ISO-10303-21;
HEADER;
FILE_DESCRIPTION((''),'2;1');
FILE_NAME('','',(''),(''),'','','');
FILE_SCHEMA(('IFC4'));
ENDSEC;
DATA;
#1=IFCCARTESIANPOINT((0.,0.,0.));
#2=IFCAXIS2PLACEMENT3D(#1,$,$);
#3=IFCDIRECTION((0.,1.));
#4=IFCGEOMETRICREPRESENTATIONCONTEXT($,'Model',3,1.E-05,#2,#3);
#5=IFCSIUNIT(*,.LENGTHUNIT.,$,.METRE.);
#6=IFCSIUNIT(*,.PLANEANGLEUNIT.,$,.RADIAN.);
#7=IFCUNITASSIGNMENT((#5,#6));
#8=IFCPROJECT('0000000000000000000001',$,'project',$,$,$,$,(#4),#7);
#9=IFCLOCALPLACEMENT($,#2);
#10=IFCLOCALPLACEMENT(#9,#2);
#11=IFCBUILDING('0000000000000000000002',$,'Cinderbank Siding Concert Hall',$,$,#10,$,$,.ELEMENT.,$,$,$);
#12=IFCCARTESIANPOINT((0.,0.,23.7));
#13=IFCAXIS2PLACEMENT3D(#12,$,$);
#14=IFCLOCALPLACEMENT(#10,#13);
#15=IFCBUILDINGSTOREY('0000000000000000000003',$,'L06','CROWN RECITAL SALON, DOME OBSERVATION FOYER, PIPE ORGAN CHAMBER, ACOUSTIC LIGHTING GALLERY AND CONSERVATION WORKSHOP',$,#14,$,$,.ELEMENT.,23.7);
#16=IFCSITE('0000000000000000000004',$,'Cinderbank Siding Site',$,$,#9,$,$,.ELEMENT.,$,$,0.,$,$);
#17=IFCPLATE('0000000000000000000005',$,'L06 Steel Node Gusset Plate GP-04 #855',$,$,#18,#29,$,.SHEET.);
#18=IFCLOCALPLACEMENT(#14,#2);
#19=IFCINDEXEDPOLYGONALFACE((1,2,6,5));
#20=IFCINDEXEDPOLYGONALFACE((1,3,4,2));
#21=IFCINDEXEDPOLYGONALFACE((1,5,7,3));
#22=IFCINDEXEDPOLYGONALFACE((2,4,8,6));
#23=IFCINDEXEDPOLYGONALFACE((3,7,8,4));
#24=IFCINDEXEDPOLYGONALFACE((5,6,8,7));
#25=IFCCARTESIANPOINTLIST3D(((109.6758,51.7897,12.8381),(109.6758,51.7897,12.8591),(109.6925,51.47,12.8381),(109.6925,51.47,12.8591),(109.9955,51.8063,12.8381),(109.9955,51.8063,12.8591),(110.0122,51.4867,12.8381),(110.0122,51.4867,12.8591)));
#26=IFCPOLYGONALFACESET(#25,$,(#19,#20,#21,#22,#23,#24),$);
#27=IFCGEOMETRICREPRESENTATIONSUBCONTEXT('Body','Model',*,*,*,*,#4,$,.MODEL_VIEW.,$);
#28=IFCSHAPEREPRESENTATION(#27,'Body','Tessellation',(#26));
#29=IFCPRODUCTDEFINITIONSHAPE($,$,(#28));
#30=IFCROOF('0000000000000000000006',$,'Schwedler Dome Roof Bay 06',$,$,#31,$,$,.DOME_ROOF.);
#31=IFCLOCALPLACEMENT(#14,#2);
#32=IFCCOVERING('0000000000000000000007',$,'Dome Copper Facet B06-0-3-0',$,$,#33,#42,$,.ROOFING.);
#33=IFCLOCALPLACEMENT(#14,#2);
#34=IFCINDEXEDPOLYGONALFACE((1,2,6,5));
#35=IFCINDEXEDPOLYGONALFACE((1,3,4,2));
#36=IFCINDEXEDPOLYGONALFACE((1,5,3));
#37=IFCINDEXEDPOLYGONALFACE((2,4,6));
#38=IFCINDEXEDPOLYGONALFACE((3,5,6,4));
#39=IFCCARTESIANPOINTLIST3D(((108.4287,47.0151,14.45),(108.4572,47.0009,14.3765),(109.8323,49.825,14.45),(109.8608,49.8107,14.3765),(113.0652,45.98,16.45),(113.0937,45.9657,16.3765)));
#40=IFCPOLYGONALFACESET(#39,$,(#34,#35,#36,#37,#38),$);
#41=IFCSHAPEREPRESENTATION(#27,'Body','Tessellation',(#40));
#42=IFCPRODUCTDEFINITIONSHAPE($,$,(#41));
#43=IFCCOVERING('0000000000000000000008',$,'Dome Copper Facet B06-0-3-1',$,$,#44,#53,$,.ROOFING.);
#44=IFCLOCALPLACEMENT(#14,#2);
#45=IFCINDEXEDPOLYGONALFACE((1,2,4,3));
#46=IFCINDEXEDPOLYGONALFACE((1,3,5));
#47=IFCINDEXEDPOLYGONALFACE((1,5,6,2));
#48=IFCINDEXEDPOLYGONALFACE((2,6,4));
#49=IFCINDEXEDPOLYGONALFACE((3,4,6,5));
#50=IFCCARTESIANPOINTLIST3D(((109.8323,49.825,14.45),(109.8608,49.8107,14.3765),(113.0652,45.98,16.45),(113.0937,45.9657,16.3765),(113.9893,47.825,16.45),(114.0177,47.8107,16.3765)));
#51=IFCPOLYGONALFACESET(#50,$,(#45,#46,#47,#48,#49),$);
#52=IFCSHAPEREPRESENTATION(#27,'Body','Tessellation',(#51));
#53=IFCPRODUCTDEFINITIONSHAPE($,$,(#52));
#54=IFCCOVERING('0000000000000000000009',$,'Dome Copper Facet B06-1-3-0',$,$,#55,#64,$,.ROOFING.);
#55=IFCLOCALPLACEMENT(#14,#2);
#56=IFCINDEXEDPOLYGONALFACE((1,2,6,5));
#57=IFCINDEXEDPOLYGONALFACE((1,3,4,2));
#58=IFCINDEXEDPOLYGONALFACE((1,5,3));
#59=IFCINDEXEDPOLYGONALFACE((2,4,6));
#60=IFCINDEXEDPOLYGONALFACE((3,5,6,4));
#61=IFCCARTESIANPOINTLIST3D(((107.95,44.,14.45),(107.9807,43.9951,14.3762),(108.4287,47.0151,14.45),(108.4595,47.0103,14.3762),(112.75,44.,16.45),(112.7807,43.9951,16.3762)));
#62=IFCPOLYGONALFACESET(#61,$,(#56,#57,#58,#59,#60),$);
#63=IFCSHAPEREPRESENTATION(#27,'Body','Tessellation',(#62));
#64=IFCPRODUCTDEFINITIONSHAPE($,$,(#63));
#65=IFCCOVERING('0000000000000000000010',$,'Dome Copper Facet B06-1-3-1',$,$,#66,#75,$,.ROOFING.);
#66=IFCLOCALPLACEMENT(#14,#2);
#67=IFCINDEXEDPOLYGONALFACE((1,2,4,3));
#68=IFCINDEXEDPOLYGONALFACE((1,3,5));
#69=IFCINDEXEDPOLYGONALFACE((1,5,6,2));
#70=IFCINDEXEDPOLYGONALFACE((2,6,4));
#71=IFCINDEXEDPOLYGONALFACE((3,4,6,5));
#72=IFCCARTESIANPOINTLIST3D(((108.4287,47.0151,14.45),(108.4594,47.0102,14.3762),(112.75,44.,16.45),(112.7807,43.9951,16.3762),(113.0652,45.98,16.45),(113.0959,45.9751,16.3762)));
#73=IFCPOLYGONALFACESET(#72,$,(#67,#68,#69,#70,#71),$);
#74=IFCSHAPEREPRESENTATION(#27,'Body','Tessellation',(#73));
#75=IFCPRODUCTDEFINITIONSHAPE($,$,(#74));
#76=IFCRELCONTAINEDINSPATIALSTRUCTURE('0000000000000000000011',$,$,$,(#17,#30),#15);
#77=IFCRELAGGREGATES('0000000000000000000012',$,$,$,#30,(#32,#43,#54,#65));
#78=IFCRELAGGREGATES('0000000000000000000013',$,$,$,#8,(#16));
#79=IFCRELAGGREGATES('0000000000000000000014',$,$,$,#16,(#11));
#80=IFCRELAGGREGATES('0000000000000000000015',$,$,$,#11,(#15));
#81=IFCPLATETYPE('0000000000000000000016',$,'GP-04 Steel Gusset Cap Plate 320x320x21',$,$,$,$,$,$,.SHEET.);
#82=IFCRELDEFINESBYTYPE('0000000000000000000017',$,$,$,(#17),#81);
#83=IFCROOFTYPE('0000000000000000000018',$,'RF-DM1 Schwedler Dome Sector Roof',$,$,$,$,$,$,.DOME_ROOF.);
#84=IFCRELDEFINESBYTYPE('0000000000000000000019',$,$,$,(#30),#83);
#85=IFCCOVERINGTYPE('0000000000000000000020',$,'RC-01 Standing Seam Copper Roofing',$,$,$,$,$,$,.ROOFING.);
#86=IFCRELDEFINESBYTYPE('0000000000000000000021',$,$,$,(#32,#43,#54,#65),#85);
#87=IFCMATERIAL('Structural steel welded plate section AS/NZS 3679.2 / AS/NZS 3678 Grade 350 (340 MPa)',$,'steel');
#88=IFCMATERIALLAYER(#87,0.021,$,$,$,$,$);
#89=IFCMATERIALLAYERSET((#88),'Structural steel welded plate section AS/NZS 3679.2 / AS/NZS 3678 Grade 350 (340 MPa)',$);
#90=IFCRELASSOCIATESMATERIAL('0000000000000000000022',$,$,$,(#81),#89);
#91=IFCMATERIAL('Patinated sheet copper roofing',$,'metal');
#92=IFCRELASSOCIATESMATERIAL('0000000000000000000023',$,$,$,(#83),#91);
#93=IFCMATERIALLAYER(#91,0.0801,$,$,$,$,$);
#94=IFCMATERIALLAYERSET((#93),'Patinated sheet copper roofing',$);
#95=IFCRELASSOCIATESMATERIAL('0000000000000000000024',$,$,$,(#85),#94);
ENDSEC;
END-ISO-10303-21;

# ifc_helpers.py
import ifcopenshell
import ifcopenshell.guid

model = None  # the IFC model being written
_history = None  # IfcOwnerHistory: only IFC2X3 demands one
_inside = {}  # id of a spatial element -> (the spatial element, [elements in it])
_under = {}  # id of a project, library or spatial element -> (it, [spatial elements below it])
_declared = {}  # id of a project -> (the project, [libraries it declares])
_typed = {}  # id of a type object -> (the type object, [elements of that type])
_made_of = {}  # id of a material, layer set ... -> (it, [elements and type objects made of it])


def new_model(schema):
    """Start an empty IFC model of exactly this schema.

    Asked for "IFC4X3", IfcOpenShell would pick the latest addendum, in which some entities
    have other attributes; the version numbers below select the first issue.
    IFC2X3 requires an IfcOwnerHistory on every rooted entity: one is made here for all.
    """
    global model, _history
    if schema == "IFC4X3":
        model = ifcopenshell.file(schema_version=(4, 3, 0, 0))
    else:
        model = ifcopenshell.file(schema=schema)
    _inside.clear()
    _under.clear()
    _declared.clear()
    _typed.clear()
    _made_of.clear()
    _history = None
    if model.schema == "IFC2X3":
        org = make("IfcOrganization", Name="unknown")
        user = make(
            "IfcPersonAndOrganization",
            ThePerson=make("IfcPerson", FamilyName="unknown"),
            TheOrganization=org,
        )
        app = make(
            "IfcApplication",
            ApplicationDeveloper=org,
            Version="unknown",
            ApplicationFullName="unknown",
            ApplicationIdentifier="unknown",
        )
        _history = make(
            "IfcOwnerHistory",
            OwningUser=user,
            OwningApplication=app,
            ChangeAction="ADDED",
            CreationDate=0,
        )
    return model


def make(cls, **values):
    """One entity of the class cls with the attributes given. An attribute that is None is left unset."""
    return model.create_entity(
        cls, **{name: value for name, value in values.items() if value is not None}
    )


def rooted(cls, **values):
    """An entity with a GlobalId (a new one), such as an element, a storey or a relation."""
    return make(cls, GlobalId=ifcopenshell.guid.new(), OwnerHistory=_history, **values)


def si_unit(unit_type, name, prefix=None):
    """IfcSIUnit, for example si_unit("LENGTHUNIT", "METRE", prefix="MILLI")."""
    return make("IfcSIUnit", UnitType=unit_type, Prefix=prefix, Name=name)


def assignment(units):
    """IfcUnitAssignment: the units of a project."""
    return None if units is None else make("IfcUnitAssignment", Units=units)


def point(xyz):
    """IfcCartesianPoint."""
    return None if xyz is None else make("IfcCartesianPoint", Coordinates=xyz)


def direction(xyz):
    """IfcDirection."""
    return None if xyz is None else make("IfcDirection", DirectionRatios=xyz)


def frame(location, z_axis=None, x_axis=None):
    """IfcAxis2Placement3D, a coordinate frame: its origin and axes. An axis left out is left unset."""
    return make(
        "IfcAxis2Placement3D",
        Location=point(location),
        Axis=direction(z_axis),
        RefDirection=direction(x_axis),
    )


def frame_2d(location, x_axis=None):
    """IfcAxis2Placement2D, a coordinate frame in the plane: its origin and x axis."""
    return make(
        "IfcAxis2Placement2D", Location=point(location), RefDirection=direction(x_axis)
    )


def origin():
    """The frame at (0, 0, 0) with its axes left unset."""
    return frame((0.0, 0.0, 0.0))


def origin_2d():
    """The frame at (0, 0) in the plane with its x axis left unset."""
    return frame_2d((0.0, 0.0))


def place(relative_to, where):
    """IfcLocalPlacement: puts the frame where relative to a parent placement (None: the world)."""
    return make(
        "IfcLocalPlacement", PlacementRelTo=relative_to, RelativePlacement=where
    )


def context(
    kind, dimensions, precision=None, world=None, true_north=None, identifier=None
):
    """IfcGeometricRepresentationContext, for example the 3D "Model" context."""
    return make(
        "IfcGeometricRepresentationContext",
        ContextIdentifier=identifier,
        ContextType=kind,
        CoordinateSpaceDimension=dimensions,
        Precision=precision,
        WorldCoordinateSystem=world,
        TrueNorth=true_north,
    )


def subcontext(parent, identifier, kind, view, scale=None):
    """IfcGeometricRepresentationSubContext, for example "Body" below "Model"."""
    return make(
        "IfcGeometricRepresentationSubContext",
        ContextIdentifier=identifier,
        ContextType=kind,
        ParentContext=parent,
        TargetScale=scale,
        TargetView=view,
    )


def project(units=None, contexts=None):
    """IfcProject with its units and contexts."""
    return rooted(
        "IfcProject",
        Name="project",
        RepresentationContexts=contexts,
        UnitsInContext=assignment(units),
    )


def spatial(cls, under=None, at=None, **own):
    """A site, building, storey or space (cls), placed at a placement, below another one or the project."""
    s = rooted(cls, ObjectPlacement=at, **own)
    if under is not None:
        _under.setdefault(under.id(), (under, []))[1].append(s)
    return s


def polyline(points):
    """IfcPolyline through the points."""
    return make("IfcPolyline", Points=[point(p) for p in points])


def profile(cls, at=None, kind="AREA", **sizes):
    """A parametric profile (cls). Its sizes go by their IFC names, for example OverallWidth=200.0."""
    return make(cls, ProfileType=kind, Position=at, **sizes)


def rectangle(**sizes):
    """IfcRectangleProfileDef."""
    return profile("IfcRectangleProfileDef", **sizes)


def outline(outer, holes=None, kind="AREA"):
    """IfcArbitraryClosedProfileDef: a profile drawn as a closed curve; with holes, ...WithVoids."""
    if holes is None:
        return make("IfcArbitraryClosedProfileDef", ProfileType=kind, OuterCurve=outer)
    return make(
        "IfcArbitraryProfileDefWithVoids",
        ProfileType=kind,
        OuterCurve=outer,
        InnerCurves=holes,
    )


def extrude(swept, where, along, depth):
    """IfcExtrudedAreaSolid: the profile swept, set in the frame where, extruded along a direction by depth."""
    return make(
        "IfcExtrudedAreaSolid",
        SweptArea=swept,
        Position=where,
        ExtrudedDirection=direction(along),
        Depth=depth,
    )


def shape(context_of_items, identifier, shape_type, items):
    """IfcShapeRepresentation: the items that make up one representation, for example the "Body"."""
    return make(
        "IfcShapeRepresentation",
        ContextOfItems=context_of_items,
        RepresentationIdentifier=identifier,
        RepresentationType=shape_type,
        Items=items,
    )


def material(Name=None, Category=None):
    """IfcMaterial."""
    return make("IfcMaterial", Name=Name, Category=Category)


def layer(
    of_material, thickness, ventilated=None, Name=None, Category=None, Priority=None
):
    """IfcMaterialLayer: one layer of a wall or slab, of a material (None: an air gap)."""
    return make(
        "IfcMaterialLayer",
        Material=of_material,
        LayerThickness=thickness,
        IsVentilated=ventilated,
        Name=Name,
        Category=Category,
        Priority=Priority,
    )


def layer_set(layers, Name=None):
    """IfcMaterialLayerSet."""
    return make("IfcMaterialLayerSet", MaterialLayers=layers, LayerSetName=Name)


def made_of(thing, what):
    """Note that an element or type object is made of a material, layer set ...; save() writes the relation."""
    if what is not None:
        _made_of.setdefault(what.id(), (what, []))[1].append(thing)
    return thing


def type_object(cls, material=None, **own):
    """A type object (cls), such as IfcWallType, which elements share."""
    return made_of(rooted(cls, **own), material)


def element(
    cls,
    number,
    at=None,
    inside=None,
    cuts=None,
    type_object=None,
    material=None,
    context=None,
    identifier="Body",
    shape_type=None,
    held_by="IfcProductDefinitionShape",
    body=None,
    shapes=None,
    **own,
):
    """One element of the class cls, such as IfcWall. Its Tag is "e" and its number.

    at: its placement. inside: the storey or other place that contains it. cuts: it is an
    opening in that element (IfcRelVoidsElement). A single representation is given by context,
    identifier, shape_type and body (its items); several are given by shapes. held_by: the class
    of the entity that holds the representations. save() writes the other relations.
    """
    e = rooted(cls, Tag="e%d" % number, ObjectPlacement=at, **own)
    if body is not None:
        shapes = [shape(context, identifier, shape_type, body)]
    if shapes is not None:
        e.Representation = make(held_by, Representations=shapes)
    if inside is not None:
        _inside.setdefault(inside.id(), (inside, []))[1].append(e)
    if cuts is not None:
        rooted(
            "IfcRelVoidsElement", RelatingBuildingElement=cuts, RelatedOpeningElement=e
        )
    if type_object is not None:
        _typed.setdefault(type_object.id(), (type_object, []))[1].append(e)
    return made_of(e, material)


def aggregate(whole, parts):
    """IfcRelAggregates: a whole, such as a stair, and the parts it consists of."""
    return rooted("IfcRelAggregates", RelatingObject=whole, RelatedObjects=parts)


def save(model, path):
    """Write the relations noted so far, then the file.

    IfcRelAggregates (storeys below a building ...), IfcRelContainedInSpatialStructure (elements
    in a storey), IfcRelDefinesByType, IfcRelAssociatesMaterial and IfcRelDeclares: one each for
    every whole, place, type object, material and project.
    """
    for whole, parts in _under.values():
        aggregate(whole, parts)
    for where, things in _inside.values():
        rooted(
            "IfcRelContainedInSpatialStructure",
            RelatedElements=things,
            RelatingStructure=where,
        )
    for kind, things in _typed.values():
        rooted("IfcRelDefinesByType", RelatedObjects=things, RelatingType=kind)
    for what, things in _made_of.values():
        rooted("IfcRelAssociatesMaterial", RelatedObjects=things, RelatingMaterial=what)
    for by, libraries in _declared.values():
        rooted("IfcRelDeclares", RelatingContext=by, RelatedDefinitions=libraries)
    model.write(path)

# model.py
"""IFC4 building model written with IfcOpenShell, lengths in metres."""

from ifc_helpers import new_model, si_unit, direction, frame, origin, origin_2d, place, context, subcontext, project, spatial, polyline, rectangle, outline, extrude, material, layer, layer_set, type_object, element, aggregate, save


model = new_model("IFC4")

# Units and contexts
model_context = context("Model", 3, precision=1e-05, world=origin(), true_north=direction((0.0, 1.0)))
body_context = subcontext(model_context, "Body", "Model", "MODEL_VIEW")
ifc_project = project(units=[si_unit("LENGTHUNIT", "METRE"), si_unit("PLANEANGLEUNIT", "RADIAN")], contexts=[model_context])

# Site, building, storey
site_placement = place(None, origin())
site = spatial("IfcSite", under=ifc_project, at=site_placement, Name="Cinderbank Siding Site", CompositionType="ELEMENT", RefElevation=0.0)
building_placement = place(site_placement, origin())
building = spatial("IfcBuilding", under=site, at=building_placement, Name="Cinderbank Siding Concert Hall", CompositionType="ELEMENT")
storey_placement = place(building_placement, frame((0.0, 0.0, 23.7)))
storey = spatial("IfcBuildingStorey", under=building, at=storey_placement, Name="L06", Description="CROWN RECITAL SALON, DOME OBSERVATION FOYER, PIPE ORGAN CHAMBER, ACOUSTIC LIGHTING GALLERY AND CONSERVATION WORKSHOP", CompositionType="ELEMENT", Elevation=23.7)

# Plate
ifc_material_1 = material(Name="Structural steel welded plate section AS/NZS 3679.2 / AS/NZS 3678 Grade 350 (340 MPa)", Category="steel")
ifc_layer_1 = layer(ifc_material_1, 0.021)
ifc_layer_set_1 = layer_set([ifc_layer_1], Name="Structural steel welded plate section AS/NZS 3679.2 / AS/NZS 3678 Grade 350 (340 MPa)")
plate_type_1 = type_object("IfcPlateType", Name="GP-04 Steel Gusset Cap Plate 320x320x21", PredefinedType="SHEET", material=ifc_layer_set_1)
plate_placement = place(storey_placement, frame((109.844, 51.6382, 12.8381), z_axis=(0.0, 0.0, 1.0), x_axis=(0.998639, 0.052162, 0.0)))
element("IfcPlate", 1, at=plate_placement, inside=storey, type_object=plate_type_1, Name="L06 Steel Node Gusset Plate GP-04 #855", PredefinedType="SHEET", context=body_context, shape_type="SweptSolid", body=[
    extrude(rectangle(XDim=0.3201, YDim=0.3201, at=origin_2d()), origin(), (0.0, 0.0, 1.0), 0.021),
])

# Roof, coverings
ifc_material_2 = material(Name="Patinated sheet copper roofing", Category="metal")
roof_type = type_object("IfcRoofType", Name="RF-DM1 Schwedler Dome Sector Roof", PredefinedType="DOME_ROOF", material=ifc_material_2)
roof_placement = place(storey_placement, origin())
roof = element("IfcRoof", 2, at=roof_placement, inside=storey, type_object=roof_type, Name="Schwedler Dome Roof Bay 06", PredefinedType="DOME_ROOF")
ifc_layer_2 = layer(ifc_material_2, 0.0801)
ifc_layer_set_2 = layer_set([ifc_layer_2], Name="Patinated sheet copper roofing")
covering_type = type_object("IfcCoveringType", Name="RC-01 Standing Seam Copper Roofing", PredefinedType="ROOFING", material=ifc_layer_set_2)
covering_1_placement = place(storey_placement, frame((109.8323, 49.825, 14.45), z_axis=(-0.356025, 0.177842, 0.917398), x_axis=(-0.446872, -0.894598, 0.0)))
covering_1 = element("IfcCovering", 3, at=covering_1_placement, type_object=covering_type, Name="Dome Copper Facet B06-0-3-0", PredefinedType="ROOFING", context=body_context, shape_type="SweptSolid", body=[
    extrude(outline(polyline([(0.0, 0.0), (3.1409, 0.0), (1.995, 5.0255), (0.0, 0.0)])), origin(), (0.0, 0.0, -1.0), 0.0801),
])
covering_2_placement = place(storey_placement, frame((109.8323, 49.825, 14.45), z_axis=(-0.355696, 0.178154, 0.917465), x_axis=(0.597913, -0.711112, 0.369892)))
covering_2 = element("IfcCovering", 4, at=covering_2_placement, type_object=covering_type, Name="Dome Copper Facet B06-0-3-1", PredefinedType="ROOFING", context=body_context, shape_type="SweptSolid", body=[
    extrude(outline(polyline([(0.0, 0.0), (5.407, 0.0), (4.6475, 1.9186), (0.0, 0.0)])), origin(), (0.0, 0.0, -1.0), 0.0801),
])
covering_3_placement = place(storey_placement, frame((108.4287, 47.0151, 14.45), z_axis=(-0.383897, 0.060957, 0.921362), x_axis=(-0.156821, -0.987627, 0.0)))
covering_3 = element("IfcCovering", 5, at=covering_3_placement, type_object=covering_type, Name="Dome Copper Facet B06-1-3-0", PredefinedType="ROOFING", context=body_context, shape_type="SweptSolid", body=[
    extrude(outline(polyline([(0.0, 0.0), (3.0529, 0.0), (2.3002, 5.1453), (0.0, 0.0)])), origin(), (0.0, 0.0, -1.0), 0.0801),
])
covering_4_placement = place(storey_placement, frame((108.4287, 47.0151, 14.45), z_axis=(-0.383811, 0.061097, 0.921388), x_axis=(0.766729, -0.534977, 0.354861)))
covering_4 = element("IfcCovering", 6, at=covering_4_placement, type_object=covering_type, Name="Dome Copper Facet B06-1-3-1", PredefinedType="ROOFING", context=body_context, shape_type="SweptSolid", body=[
    extrude(outline(polyline([(0.0, 0.0), (5.636, 0.0), (4.8184, 1.8306), (0.0, 0.0)])), origin(), (0.0, 0.0, -1.0), 0.0801),
])
aggregate(roof, [covering_1, covering_2, covering_3, covering_4])

save(model, "model.ifc")
